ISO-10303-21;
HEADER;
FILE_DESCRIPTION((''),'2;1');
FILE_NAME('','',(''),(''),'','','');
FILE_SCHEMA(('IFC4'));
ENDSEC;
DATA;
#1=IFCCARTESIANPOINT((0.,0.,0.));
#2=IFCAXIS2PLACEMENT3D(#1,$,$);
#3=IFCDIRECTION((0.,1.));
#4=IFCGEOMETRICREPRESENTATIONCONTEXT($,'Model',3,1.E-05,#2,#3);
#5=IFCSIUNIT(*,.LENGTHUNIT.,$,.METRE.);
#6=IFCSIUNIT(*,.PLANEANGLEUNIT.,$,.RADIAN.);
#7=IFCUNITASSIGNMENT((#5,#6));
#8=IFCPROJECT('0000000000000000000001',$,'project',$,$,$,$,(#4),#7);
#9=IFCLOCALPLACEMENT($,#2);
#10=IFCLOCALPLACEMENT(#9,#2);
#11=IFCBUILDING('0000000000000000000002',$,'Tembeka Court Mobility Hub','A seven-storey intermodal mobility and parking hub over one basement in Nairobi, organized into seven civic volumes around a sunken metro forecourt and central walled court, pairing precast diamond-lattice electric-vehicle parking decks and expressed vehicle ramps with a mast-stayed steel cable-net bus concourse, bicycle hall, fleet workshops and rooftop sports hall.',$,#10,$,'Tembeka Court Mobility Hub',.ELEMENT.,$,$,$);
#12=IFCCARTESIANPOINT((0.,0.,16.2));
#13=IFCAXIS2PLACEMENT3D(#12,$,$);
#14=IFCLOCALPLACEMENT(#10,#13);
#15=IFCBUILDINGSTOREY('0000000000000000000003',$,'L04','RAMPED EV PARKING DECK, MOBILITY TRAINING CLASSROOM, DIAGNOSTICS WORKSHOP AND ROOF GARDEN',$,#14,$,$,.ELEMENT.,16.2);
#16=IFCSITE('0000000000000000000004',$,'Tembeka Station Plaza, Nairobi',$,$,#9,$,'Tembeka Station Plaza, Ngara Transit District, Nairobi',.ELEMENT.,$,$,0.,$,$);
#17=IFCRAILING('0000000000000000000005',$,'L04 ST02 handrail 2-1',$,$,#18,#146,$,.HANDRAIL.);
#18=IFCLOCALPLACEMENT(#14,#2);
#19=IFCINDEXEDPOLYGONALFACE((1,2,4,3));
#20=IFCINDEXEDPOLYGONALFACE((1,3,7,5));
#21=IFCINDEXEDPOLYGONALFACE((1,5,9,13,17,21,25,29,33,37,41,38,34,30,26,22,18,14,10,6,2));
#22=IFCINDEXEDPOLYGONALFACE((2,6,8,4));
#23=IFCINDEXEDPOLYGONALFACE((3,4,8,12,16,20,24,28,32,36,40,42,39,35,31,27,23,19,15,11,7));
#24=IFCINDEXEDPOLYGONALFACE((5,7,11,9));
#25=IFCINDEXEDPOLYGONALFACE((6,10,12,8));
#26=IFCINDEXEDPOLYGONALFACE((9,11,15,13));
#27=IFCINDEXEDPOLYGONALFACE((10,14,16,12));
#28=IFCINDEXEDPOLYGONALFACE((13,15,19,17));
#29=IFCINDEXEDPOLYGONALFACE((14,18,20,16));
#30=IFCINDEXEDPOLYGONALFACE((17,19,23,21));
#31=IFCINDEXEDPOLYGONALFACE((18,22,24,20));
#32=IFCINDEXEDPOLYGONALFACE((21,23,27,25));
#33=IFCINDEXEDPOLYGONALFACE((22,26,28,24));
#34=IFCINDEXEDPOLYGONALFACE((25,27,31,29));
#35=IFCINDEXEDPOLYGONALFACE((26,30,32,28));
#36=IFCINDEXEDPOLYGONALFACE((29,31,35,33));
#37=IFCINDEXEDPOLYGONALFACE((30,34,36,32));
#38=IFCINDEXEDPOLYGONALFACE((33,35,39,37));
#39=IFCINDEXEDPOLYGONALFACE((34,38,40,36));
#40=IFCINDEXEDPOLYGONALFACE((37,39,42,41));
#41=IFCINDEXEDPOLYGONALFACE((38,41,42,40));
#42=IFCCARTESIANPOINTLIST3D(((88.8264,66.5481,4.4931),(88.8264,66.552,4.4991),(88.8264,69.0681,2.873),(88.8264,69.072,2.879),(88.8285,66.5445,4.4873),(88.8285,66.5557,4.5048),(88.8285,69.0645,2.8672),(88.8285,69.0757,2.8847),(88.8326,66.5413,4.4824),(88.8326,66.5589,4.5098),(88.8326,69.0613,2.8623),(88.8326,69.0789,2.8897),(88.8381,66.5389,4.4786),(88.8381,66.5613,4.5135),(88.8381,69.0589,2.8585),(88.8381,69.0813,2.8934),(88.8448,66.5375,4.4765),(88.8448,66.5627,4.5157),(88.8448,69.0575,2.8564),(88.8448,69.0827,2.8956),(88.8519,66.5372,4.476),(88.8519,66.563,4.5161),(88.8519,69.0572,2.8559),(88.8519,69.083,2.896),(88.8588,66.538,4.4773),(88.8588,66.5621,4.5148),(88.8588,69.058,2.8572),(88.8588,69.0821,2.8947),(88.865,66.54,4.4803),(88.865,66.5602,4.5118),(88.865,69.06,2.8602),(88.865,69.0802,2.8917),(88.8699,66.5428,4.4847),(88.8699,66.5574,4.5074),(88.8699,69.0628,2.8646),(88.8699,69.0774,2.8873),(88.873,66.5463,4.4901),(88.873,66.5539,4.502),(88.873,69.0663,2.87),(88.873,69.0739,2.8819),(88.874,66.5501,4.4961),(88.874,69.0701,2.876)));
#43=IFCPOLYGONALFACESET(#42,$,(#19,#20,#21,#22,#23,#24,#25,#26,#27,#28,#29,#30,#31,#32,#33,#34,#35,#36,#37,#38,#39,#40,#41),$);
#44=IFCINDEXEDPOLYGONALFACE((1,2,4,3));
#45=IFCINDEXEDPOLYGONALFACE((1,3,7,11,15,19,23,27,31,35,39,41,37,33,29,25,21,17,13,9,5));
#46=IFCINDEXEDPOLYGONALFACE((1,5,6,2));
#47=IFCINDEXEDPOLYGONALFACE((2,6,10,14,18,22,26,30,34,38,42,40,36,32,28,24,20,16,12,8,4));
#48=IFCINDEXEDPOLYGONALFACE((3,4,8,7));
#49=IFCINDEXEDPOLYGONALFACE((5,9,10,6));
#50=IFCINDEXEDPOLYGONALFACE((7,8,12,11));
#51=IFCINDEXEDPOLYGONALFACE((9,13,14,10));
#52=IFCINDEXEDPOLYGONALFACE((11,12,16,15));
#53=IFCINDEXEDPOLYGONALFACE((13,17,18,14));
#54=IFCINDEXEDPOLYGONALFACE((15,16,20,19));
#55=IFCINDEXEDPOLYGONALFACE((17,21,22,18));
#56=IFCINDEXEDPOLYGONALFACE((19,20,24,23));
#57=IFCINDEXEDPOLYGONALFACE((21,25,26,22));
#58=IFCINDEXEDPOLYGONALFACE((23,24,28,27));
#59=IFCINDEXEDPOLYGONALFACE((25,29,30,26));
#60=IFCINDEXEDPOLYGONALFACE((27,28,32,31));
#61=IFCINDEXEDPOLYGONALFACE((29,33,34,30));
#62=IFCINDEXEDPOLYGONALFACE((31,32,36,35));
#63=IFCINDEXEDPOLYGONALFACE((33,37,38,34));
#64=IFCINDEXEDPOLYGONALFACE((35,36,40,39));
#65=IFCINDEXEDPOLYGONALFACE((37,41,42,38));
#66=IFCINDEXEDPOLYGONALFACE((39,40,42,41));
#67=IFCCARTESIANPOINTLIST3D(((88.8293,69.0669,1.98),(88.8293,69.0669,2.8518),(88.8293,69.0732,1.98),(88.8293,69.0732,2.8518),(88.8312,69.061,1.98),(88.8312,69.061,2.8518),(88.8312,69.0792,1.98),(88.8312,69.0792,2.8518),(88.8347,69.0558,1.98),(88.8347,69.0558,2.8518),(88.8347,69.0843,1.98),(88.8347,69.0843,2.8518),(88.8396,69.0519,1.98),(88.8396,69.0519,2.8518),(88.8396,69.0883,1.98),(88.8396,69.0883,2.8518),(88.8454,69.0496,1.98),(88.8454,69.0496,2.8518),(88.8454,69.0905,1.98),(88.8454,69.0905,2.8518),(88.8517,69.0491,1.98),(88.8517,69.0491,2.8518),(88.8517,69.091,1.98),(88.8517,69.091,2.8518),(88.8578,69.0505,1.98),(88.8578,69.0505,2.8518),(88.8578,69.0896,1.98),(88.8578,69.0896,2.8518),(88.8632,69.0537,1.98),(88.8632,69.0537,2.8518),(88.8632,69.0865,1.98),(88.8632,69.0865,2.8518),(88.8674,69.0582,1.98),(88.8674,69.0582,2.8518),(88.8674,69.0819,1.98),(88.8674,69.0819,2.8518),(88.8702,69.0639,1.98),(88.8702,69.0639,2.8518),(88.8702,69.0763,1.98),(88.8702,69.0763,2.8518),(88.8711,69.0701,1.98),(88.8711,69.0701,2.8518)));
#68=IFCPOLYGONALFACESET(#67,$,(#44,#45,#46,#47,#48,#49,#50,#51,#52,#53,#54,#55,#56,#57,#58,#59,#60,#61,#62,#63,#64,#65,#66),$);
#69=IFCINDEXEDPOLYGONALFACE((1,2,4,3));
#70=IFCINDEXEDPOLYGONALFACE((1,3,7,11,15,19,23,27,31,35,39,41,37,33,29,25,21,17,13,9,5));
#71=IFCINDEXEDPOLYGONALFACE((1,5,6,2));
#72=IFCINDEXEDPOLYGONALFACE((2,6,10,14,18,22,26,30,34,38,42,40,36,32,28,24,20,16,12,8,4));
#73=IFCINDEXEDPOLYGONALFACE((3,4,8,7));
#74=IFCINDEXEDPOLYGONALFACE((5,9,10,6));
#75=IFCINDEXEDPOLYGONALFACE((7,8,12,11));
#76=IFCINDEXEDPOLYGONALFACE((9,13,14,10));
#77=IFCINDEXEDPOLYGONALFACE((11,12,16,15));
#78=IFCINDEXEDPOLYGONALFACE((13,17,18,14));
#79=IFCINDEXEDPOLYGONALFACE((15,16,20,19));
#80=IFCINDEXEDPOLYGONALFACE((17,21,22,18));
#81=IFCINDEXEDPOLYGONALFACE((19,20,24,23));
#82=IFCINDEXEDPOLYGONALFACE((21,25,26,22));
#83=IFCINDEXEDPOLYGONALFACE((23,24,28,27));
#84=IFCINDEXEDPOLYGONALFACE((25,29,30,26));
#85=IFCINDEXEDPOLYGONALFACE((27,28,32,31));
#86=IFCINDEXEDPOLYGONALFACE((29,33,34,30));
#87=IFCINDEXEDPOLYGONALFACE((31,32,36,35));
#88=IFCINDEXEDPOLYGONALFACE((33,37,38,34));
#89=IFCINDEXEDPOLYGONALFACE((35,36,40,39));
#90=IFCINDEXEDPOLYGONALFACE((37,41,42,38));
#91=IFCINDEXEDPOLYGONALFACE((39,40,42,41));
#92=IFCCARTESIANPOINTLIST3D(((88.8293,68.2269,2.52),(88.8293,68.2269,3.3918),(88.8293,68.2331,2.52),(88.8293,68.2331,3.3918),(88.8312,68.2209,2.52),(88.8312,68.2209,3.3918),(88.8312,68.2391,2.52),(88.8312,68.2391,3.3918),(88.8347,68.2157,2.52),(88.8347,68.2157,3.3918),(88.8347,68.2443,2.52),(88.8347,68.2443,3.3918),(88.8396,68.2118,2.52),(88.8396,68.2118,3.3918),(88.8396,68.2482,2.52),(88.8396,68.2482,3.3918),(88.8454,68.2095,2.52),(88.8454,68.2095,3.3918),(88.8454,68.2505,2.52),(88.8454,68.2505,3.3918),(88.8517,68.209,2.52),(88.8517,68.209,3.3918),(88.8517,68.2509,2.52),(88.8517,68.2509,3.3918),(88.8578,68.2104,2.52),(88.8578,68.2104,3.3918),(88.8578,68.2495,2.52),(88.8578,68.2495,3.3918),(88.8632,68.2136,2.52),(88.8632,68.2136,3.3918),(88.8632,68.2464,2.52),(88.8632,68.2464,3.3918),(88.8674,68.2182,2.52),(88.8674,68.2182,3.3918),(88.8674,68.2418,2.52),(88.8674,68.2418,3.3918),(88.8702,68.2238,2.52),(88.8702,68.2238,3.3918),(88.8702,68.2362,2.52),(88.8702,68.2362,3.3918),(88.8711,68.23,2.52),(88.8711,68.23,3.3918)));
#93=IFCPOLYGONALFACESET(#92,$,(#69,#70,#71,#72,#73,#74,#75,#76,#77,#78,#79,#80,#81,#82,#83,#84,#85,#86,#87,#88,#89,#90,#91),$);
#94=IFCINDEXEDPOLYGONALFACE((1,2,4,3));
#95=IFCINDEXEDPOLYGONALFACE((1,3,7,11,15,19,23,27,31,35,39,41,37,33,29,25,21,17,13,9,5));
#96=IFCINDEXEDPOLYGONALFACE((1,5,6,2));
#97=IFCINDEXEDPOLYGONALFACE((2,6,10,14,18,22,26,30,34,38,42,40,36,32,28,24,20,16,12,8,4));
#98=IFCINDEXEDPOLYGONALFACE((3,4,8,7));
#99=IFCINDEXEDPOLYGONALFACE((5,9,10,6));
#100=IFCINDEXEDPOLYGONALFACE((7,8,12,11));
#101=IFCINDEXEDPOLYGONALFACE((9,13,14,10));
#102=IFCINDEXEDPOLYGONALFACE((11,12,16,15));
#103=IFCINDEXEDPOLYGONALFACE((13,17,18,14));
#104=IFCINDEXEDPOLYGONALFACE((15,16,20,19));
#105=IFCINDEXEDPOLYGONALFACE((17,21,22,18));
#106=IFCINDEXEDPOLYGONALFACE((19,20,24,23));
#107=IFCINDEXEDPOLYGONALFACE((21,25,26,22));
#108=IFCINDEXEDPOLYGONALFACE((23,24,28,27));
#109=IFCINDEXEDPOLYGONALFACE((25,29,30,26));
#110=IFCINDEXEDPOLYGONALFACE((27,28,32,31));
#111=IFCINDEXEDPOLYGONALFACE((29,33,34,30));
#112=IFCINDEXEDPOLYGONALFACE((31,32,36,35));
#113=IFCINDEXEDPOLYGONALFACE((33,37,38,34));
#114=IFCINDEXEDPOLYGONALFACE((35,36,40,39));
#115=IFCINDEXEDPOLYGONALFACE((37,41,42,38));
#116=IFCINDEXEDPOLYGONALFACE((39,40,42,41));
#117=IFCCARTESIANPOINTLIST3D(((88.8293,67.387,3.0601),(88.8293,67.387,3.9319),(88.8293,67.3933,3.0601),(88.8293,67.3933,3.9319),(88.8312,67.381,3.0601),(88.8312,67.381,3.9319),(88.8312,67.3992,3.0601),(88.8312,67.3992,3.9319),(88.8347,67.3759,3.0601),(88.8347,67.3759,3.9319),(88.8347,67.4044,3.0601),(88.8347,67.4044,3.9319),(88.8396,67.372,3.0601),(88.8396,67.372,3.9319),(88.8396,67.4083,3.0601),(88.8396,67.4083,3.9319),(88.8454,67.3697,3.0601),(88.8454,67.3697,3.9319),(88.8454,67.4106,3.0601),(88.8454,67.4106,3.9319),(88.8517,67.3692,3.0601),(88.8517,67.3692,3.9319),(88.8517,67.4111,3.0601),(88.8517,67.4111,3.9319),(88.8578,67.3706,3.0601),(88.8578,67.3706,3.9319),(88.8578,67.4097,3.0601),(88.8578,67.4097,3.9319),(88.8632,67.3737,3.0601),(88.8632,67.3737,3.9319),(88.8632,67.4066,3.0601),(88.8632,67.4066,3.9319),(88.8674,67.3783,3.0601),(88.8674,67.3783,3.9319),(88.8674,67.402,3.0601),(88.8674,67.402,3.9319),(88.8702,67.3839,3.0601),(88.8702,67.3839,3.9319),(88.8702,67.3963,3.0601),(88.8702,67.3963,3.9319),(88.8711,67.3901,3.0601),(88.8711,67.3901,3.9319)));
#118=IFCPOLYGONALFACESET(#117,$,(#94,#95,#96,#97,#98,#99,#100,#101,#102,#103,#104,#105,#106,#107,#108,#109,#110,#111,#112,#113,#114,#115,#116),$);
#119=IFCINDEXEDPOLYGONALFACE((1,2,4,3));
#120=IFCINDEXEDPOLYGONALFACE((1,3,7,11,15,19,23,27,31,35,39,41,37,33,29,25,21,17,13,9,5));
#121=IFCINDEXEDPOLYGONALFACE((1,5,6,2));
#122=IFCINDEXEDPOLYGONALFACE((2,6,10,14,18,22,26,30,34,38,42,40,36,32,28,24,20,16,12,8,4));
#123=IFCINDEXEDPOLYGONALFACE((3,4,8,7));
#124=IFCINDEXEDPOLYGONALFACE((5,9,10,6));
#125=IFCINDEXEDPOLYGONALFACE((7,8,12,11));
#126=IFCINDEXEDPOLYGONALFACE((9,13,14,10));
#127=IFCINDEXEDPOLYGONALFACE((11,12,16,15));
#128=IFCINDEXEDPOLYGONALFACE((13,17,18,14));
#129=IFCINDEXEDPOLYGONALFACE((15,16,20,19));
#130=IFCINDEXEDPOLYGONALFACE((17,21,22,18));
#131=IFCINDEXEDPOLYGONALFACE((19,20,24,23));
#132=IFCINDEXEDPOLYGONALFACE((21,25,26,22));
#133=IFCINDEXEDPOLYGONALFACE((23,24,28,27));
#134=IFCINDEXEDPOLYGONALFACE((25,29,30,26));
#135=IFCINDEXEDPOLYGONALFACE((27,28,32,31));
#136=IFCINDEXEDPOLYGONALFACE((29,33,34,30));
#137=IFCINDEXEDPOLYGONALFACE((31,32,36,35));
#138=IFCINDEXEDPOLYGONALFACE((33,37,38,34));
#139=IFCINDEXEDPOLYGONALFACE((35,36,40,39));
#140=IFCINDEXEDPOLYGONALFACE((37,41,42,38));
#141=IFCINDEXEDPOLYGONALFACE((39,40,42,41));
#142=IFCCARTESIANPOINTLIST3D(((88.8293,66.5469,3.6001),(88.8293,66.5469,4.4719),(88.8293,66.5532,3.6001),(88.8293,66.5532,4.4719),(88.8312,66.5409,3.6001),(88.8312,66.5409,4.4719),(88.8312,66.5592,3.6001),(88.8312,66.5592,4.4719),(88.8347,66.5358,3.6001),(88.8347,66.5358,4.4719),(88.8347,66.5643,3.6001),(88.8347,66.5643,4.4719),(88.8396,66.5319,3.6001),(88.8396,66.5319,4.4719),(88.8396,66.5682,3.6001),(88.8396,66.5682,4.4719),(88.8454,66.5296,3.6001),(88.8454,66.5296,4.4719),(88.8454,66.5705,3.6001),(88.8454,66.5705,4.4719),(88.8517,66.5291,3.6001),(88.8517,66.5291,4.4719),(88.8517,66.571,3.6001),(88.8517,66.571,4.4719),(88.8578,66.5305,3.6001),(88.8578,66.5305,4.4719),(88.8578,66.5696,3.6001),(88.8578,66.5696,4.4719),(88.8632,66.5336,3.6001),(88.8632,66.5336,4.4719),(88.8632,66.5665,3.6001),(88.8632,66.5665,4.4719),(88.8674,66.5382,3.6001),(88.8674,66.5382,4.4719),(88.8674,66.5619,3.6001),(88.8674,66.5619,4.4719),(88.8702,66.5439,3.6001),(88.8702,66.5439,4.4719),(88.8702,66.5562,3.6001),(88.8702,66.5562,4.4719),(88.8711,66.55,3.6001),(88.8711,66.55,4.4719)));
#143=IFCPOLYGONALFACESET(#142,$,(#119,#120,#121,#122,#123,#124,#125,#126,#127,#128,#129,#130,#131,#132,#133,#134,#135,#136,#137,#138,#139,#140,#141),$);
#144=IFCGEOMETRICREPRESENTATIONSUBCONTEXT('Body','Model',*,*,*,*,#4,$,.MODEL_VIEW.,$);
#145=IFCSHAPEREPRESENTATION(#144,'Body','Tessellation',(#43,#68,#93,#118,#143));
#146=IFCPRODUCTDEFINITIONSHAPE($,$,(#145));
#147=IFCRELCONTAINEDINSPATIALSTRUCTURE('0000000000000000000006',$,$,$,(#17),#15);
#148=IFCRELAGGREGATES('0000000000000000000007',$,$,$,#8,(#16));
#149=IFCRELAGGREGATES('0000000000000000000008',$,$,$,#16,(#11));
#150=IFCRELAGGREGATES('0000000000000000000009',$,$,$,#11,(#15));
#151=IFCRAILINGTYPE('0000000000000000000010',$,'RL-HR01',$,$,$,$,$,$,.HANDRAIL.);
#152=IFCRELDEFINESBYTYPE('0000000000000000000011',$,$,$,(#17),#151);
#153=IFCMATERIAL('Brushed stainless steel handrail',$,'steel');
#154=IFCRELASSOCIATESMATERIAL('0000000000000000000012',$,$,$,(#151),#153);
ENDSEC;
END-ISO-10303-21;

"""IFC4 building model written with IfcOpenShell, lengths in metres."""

from ifc_helpers import new_model, si_unit, direction, frame, origin, origin_2d, place, context, subcontext, project, spatial, circle, extrude, material, type_object, element, save


model = new_model("IFC4")

# Units and contexts
model_context = context("Model", 3, precision=1e-05, world=origin(), true_north=direction((0.0, 1.0)))
body_context = subcontext(model_context, "Body", "Model", "MODEL_VIEW")
ifc_project = project(units=[si_unit("LENGTHUNIT", "METRE"), si_unit("PLANEANGLEUNIT", "RADIAN")], contexts=[model_context])

# Site, building, storey
site_placement = place(None, origin())
site = spatial("IfcSite", under=ifc_project, at=site_placement, Name="Tembeka Station Plaza, Nairobi", LongName="Tembeka Station Plaza, Ngara Transit District, Nairobi", CompositionType="ELEMENT", RefElevation=0.0)
building_placement = place(site_placement, origin())
building = spatial("IfcBuilding", under=site, at=building_placement, Name="Tembeka Court Mobility Hub", Description="A seven-storey intermodal mobility and parking hub over one basement in Nairobi, organized into seven civic volumes around a sunken metro forecourt and central walled court, pairing precast diamond-lattice electric-vehicle parking decks and expressed vehicle ramps with a mast-stayed steel cable-net bus concourse, bicycle hall, fleet workshops and rooftop sports hall.", LongName="Tembeka Court Mobility Hub", CompositionType="ELEMENT")
storey_placement = place(building_placement, frame((0.0, 0.0, 16.2)))
storey = spatial("IfcBuildingStorey", under=building, at=storey_placement, Name="L04", Description="RAMPED EV PARKING DECK, MOBILITY TRAINING CLASSROOM, DIAGNOSTICS WORKSHOP AND ROOF GARDEN", CompositionType="ELEMENT", Elevation=16.2)

# Railing
ifc_material_1 = material(Name="Brushed stainless steel handrail", Category="steel")
railing_type_1 = type_object("IfcRailingType", Name="RL-HR01", PredefinedType="HANDRAIL", material=ifc_material_1)
railing_1_placement = place(storey_placement, frame((88.8501, 69.0701, 1.98)))
element("IfcRailing", 1, at=railing_1_placement, inside=storey, type_object=railing_type_1, Name="L04 ST02 handrail 2-1", PredefinedType="HANDRAIL", context=body_context, shape_type="SweptSolid", body=[
    extrude(circle(Radius=0.0239, at=origin_2d()), frame((0.0, 0.0, 0.896), z_axis=(0.0, -0.841163, 0.540782), x_axis=(1.0, 0.0, 0.0)), (0.0, 0.0, 1.0), 2.9958),
    extrude(circle(Radius=0.021, at=origin_2d()), origin(), (0.0, 0.0, 1.0), 0.8718),
    extrude(circle(Radius=0.021, at=origin_2d()), frame((0.0, -0.8401, 0.54)), (0.0, 0.0, 1.0), 0.8718),
    extrude(circle(Radius=0.021, at=origin_2d()), frame((0.0, -1.6799, 1.0801)), (0.0, 0.0, 1.0), 0.8718),
    extrude(circle(Radius=0.021, at=origin_2d()), frame((0.0, -2.52, 1.6201)), (0.0, 0.0, 1.0), 0.8718),
])

save(model, "model.ifc")
